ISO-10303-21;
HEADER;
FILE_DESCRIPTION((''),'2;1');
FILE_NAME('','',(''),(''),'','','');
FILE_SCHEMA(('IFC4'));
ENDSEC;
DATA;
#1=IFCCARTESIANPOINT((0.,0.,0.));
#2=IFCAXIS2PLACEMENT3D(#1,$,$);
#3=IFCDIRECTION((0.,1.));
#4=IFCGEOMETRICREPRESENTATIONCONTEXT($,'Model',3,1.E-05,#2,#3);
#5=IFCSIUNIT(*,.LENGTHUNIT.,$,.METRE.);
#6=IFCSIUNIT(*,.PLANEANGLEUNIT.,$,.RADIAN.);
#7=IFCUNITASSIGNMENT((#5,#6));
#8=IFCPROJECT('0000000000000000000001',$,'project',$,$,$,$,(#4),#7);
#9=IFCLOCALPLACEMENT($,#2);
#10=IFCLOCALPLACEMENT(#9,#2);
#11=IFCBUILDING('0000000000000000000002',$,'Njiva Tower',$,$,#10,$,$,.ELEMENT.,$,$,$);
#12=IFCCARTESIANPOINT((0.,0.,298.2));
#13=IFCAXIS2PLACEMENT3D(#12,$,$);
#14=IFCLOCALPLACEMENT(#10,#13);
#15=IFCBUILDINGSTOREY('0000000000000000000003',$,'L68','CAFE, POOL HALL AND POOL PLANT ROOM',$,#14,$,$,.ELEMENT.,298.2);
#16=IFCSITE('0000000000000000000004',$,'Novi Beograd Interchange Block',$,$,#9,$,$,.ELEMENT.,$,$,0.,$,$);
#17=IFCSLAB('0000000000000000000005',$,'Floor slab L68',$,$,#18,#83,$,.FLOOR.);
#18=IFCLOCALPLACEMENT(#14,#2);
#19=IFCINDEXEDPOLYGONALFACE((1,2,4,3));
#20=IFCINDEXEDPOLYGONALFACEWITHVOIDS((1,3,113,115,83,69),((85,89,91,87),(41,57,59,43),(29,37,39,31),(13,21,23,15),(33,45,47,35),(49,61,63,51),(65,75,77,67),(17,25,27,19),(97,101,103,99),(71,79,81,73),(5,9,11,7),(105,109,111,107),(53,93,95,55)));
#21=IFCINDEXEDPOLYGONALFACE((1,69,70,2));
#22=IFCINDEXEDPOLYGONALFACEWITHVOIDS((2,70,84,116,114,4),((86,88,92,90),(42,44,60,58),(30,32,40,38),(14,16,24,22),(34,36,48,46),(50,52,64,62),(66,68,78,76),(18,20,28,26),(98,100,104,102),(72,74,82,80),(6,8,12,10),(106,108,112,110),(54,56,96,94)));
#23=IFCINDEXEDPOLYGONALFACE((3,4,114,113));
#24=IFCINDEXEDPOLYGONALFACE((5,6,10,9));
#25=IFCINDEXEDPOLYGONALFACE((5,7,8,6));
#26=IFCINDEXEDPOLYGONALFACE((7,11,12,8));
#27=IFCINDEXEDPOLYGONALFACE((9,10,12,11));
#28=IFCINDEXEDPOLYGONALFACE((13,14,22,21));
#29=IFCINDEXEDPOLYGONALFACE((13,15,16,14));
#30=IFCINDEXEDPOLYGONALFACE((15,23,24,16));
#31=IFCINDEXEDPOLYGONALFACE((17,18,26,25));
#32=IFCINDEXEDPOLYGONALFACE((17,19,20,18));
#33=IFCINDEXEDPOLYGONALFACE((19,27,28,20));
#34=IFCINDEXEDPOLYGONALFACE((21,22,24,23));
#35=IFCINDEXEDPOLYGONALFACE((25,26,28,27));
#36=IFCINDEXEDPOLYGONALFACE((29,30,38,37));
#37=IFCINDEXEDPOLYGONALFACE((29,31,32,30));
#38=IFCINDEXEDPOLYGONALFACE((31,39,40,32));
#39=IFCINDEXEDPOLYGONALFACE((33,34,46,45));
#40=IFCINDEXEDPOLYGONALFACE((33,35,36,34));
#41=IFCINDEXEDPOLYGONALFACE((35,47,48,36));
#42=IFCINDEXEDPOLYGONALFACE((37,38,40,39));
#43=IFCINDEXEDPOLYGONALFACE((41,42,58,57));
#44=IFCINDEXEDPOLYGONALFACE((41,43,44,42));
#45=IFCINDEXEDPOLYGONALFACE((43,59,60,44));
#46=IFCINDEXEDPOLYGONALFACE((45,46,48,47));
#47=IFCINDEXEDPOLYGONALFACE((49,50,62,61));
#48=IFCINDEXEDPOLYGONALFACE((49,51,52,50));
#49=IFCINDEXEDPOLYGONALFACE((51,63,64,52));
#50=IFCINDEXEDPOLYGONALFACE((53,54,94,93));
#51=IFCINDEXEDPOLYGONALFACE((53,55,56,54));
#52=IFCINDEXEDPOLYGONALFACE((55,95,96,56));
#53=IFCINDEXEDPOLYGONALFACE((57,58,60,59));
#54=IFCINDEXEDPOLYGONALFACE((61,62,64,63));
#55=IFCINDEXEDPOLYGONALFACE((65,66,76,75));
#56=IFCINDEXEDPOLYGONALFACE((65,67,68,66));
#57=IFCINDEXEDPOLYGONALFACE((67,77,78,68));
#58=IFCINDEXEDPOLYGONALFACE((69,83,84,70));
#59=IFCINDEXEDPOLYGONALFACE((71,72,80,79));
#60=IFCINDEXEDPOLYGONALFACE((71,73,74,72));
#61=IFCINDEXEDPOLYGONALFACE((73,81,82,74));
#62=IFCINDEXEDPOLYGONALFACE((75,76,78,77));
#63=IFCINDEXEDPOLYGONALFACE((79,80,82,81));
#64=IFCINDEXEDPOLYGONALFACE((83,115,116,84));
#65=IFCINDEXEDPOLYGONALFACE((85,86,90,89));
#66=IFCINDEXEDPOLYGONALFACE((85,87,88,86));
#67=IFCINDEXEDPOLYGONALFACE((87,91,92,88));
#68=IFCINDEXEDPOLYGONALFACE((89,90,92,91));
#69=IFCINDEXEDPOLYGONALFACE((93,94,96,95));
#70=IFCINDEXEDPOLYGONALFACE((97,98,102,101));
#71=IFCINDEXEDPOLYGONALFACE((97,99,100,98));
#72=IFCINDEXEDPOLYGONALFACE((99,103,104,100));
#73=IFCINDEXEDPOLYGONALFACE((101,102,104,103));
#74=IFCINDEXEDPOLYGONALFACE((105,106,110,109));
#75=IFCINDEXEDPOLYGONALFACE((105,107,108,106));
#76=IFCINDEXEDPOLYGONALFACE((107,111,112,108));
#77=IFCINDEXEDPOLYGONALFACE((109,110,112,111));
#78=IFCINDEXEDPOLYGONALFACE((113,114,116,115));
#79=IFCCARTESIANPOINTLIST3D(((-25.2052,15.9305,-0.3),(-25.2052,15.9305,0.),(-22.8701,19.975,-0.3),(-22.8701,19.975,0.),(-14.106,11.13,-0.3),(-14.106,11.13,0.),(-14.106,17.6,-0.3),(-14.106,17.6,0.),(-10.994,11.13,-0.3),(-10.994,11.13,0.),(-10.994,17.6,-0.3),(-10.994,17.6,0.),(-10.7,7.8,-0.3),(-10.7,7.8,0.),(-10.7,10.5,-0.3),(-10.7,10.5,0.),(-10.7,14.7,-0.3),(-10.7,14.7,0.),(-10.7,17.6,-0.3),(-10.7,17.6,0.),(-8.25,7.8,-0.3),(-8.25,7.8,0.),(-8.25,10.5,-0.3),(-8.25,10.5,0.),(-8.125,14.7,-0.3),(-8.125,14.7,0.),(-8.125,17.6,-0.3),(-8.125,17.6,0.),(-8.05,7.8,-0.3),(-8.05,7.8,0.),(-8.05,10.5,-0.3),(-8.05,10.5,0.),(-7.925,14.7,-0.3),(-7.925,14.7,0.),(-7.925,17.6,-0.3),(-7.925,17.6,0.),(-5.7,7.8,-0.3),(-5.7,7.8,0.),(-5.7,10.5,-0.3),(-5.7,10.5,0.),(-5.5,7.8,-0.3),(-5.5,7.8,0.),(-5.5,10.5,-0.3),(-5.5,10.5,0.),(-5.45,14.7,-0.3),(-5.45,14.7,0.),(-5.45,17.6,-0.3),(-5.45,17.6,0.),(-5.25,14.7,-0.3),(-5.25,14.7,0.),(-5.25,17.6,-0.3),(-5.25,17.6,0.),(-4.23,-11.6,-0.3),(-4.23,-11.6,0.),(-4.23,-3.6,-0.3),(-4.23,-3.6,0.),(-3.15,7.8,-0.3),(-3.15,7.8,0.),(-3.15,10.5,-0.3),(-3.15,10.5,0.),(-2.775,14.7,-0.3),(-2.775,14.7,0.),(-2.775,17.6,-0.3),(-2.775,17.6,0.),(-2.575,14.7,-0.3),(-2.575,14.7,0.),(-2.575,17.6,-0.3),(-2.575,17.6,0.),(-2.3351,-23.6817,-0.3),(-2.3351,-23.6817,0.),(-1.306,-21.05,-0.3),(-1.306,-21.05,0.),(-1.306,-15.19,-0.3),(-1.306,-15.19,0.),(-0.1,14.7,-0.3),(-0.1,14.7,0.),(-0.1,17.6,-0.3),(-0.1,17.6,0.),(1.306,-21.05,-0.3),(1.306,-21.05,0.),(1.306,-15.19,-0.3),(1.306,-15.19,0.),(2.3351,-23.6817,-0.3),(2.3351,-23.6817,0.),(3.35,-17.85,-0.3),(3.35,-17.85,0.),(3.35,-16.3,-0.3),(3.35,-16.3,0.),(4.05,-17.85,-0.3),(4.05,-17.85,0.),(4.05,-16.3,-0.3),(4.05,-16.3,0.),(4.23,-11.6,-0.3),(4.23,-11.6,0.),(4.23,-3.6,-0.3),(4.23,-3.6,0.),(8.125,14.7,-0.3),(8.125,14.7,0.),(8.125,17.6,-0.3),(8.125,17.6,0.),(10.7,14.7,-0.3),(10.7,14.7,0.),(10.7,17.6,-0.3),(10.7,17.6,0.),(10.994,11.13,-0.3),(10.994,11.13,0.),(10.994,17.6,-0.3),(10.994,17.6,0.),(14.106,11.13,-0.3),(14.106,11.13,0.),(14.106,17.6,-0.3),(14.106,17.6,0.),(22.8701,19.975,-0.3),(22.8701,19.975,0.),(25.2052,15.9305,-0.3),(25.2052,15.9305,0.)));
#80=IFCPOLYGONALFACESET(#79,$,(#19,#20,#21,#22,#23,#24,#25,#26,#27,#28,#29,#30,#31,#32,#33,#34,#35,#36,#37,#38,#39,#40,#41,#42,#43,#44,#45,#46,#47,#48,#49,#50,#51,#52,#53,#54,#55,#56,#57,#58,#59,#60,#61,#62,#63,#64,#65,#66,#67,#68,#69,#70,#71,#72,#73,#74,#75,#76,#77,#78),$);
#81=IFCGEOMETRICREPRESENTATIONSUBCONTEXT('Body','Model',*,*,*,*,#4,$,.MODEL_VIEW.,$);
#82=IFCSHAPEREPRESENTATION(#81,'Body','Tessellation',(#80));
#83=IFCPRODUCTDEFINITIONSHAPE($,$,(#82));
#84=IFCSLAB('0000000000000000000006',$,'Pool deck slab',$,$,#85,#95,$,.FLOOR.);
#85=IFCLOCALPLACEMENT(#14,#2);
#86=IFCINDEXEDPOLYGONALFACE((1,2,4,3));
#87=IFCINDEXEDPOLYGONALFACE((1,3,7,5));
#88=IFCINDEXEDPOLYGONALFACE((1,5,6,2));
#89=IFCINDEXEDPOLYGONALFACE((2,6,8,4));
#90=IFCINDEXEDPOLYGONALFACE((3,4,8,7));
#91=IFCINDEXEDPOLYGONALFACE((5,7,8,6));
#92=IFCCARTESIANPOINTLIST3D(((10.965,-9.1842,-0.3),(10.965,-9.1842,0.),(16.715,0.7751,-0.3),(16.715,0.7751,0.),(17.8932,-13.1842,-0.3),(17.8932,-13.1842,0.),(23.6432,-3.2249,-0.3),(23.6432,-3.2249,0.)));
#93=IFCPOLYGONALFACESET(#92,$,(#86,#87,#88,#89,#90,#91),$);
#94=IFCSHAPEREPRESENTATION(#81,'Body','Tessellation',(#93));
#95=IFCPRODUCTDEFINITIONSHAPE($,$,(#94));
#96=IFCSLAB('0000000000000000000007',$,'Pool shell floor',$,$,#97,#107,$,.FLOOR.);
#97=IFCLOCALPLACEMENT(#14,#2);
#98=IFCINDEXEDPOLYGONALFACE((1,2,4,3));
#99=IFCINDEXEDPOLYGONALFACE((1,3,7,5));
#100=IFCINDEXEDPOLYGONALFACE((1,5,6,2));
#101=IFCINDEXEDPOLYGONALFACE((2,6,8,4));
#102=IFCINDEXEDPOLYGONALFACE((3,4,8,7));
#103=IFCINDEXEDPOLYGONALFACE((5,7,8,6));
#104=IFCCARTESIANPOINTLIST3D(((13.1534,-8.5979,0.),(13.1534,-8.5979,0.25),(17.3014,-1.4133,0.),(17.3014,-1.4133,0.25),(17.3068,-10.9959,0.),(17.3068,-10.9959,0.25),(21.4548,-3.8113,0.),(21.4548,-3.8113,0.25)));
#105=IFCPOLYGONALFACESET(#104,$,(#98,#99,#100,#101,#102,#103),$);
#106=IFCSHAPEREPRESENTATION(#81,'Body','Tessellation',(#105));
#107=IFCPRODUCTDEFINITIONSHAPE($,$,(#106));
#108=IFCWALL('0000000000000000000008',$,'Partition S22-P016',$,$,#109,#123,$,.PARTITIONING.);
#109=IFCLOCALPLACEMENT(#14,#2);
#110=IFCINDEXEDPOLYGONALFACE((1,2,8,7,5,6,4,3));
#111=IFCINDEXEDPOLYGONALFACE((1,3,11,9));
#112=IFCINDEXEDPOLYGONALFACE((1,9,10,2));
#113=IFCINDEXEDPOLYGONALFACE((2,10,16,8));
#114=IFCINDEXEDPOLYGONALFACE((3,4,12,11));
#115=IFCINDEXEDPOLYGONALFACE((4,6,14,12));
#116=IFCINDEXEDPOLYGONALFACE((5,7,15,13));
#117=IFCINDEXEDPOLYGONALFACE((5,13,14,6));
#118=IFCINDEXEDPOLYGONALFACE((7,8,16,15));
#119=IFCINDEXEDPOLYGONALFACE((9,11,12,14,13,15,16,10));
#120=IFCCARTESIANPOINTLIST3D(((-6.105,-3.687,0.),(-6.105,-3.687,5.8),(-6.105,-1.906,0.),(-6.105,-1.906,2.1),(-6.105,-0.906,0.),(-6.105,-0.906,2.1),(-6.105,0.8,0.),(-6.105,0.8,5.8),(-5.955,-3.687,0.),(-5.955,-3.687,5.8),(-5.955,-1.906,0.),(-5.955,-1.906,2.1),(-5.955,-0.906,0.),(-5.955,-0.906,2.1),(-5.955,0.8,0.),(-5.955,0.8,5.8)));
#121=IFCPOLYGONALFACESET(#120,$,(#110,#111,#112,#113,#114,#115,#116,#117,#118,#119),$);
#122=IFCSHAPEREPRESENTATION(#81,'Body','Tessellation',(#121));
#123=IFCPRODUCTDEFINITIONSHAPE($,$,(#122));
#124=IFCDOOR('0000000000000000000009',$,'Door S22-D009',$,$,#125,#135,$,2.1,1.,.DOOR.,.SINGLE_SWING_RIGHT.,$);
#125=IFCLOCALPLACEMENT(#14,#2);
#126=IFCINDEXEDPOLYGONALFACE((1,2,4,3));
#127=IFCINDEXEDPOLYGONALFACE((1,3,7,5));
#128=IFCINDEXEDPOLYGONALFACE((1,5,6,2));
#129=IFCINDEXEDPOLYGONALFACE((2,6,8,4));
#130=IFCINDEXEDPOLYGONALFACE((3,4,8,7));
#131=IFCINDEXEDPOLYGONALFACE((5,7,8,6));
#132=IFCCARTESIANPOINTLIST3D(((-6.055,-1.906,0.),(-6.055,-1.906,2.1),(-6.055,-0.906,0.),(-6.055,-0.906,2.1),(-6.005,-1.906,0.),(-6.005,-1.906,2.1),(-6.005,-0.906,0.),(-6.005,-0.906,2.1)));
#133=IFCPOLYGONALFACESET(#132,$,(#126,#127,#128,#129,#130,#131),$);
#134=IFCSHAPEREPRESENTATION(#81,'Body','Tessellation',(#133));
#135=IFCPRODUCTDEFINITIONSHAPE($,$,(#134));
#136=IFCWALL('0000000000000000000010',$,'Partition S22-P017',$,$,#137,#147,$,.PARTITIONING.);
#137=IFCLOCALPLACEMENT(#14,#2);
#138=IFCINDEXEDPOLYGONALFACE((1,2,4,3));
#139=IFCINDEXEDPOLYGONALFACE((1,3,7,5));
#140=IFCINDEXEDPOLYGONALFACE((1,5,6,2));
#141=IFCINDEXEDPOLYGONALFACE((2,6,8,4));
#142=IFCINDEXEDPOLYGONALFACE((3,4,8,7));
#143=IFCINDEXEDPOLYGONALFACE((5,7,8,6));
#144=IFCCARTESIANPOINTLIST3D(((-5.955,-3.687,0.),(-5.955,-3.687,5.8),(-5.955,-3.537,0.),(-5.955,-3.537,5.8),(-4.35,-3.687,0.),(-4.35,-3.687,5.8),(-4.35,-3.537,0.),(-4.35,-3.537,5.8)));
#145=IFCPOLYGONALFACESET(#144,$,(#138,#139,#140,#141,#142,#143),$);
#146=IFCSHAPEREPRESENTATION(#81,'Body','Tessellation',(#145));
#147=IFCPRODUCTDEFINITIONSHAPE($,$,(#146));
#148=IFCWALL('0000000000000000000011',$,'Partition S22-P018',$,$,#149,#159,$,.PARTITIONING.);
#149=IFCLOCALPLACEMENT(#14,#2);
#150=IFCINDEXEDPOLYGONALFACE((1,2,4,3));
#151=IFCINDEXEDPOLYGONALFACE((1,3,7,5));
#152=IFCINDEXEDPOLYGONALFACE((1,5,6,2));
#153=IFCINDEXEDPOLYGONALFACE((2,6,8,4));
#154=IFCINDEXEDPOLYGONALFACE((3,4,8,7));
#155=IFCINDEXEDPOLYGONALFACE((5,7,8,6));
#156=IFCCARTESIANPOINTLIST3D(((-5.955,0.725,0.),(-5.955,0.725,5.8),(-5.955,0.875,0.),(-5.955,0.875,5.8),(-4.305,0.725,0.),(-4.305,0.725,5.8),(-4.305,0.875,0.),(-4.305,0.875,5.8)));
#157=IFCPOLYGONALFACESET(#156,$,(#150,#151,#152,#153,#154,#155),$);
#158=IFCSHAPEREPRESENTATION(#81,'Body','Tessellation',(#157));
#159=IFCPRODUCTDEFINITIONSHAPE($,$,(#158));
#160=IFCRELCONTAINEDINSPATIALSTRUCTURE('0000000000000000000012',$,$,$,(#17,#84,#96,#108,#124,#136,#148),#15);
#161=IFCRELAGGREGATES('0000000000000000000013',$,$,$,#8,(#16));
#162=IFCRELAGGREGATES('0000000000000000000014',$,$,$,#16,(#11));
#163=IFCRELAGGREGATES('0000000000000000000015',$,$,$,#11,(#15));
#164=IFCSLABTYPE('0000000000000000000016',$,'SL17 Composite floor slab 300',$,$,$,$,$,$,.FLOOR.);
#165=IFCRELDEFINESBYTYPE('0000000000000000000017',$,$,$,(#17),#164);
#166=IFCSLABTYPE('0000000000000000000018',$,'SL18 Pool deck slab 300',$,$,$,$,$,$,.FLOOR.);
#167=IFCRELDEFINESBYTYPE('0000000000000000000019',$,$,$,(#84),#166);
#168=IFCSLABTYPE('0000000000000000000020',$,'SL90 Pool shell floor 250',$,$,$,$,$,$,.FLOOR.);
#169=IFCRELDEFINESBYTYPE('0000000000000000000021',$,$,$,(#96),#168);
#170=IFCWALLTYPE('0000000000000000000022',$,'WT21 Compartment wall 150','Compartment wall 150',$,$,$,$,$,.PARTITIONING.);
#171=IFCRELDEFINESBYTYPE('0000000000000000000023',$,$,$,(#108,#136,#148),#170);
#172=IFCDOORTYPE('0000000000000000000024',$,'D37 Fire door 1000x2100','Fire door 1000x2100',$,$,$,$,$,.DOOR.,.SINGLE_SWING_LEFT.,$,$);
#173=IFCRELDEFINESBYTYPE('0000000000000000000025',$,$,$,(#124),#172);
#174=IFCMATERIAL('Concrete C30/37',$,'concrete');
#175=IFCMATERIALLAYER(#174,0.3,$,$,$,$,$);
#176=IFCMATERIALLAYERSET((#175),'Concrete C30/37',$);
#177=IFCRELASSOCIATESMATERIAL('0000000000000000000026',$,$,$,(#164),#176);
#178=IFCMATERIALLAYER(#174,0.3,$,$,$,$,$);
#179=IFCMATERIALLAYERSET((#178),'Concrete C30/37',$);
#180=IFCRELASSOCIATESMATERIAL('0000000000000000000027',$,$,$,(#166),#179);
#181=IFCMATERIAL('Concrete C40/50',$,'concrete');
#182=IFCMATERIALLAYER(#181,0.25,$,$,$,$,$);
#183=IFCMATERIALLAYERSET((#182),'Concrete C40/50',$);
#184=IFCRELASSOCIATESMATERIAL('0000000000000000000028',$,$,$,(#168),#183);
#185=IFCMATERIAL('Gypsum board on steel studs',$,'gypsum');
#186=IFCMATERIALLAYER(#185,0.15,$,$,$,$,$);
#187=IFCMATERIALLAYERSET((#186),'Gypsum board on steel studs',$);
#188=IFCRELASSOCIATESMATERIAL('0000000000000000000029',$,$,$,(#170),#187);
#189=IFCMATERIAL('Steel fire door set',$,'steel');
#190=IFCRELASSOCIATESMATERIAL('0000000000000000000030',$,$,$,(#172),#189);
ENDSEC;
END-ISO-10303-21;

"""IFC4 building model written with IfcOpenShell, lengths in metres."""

from ifc_helpers import new_model, si_unit, direction, frame, frame_2d, origin, place, context, subcontext, project, spatial, polyline, rectangle, outline, extrude, material, layer, layer_set, type_object, element, fill, save


model = new_model("IFC4")

# Units and contexts
model_context = context("Model", 3, precision=1e-05, world=origin(), true_north=direction((0.0, 1.0)))
body_context = subcontext(model_context, "Body", "Model", "MODEL_VIEW")
ifc_project = project(units=[si_unit("LENGTHUNIT", "METRE"), si_unit("PLANEANGLEUNIT", "RADIAN")], contexts=[model_context])

# Site, building, storey
site_placement = place(None, origin())
site = spatial("IfcSite", under=ifc_project, at=site_placement, Name="Novi Beograd Interchange Block", CompositionType="ELEMENT", RefElevation=0.0)
building_placement = place(site_placement, origin())
building = spatial("IfcBuilding", under=site, at=building_placement, Name="Njiva Tower", CompositionType="ELEMENT")
storey_placement = place(building_placement, frame((0.0, 0.0, 298.2)))
storey = spatial("IfcBuildingStorey", under=building, at=storey_placement, Name="L68", Description="CAFE, POOL HALL AND POOL PLANT ROOM", CompositionType="ELEMENT", Elevation=298.2)

# Shared definitions
ifc_material_1 = material(Name="Concrete C40/50", Category="concrete")

# Slabs
ifc_material_2 = material(Name="Concrete C30/37", Category="concrete")
ifc_layer_1 = layer(ifc_material_2, 0.3)
ifc_layer_set_1 = layer_set([ifc_layer_1], Name="Concrete C30/37")
slab_type_1 = type_object("IfcSlabType", Name="SL17 Composite floor slab 300", PredefinedType="FLOOR", material=ifc_layer_set_1)
slab_1_placement = place(storey_placement, frame((0.0, 0.0, -0.3)))
element("IfcSlab", 1, at=slab_1_placement, inside=storey, type_object=slab_type_1, Name="Floor slab L68", PredefinedType="FLOOR", context=body_context, shape_type="SweptSolid", body=[
    extrude(outline(polyline([(25.2052, 15.9305), (2.3351, -23.6817), (-2.3351, -23.6817), (-25.2052, 15.9305), (-22.8701, 19.975), (22.8701, 19.975), (25.2052, 15.9305)]), holes=[polyline([(10.994, 11.13), (14.106, 11.13), (14.106, 17.6), (10.994, 17.6), (10.994, 11.13)]), polyline([(8.125, 14.7), (10.7, 14.7), (10.7, 17.6), (8.125, 17.6), (8.125, 14.7)]), polyline([(4.23, -11.6), (4.23, -3.6), (-4.23, -3.6), (-4.23, -11.6), (4.23, -11.6)]), polyline([(3.35, -17.85), (4.05, -17.85), (4.05, -16.3), (3.35, -16.3), (3.35, -17.85)]), polyline([(-1.306, -21.05), (1.306, -21.05), (1.306, -15.19), (-1.306, -15.19), (-1.306, -21.05)]), polyline([(-2.575, 14.7), (-0.1, 14.7), (-0.1, 17.6), (-2.575, 17.6), (-2.575, 14.7)]), polyline([(-2.775, 14.7), (-2.775, 17.6), (-5.25, 17.6), (-5.25, 14.7), (-2.775, 14.7)]), polyline([(-5.5, 7.8), (-3.15, 7.8), (-3.15, 10.5), (-5.5, 10.5), (-5.5, 7.8)]), polyline([(-7.925, 14.7), (-5.45, 14.7), (-5.45, 17.6), (-7.925, 17.6), (-7.925, 14.7)]), polyline([(-8.05, 7.8), (-5.7, 7.8), (-5.7, 10.5), (-8.05, 10.5), (-8.05, 7.8)]), polyline([(-10.7, 14.7), (-8.125, 14.7), (-8.125, 17.6), (-10.7, 17.6), (-10.7, 14.7)]), polyline([(-8.25, 7.8), (-8.25, 10.5), (-10.7, 10.5), (-10.7, 7.8), (-8.25, 7.8)]), polyline([(-10.994, 11.13), (-10.994, 17.6), (-14.106, 17.6), (-14.106, 11.13), (-10.994, 11.13)])]), origin(), (0.0, 0.0, 1.0), 0.3),
])
ifc_layer_2 = layer(ifc_material_2, 0.3)
ifc_layer_set_2 = layer_set([ifc_layer_2], Name="Concrete C30/37")
slab_type_2 = type_object("IfcSlabType", Name="SL18 Pool deck slab 300", PredefinedType="FLOOR", material=ifc_layer_set_2)
slab_2_placement = place(storey_placement, frame((0.0, 0.0, -0.3)))
element("IfcSlab", 2, at=slab_2_placement, inside=storey, type_object=slab_type_2, Name="Pool deck slab", PredefinedType="FLOOR", context=body_context, shape_type="SweptSolid", body=[
    extrude(outline(polyline([(10.965, -9.1842), (16.715, 0.7751), (23.6432, -3.2249), (17.8932, -13.1842), (10.965, -9.1842)])), origin(), (0.0, 0.0, 1.0), 0.3),
])
ifc_layer_3 = layer(ifc_material_1, 0.25)
ifc_layer_set_3 = layer_set([ifc_layer_3], Name="Concrete C40/50")
slab_type_3 = type_object("IfcSlabType", Name="SL90 Pool shell floor 250", PredefinedType="FLOOR", material=ifc_layer_set_3)
slab_3_placement = place(storey_placement, origin())
element("IfcSlab", 3, at=slab_3_placement, inside=storey, type_object=slab_type_3, Name="Pool shell floor", PredefinedType="FLOOR", context=body_context, shape_type="SweptSolid", body=[
    extrude(outline(polyline([(13.1534, -8.5979), (17.3014, -1.4133), (21.4548, -3.8113), (17.3068, -10.9959), (13.1534, -8.5979)])), origin(), (0.0, 0.0, 1.0), 0.25),
])

# Wall, opening, door
ifc_material_3 = material(Name="Gypsum board on steel studs", Category="gypsum")
ifc_layer_4 = layer(ifc_material_3, 0.15)
ifc_layer_set_4 = layer_set([ifc_layer_4], Name="Gypsum board on steel studs")
wall_type_1 = type_object("IfcWallType", Name="WT21 Compartment wall 150", Description="Compartment wall 150", PredefinedType="PARTITIONING", material=ifc_layer_set_4)
wall_1_placement = place(storey_placement, frame((-6.03, -3.687, 0.0), z_axis=(0.0, 0.0, 1.0), x_axis=(0.0, 1.0, 0.0)))
wall_1 = element("IfcWall", 4, at=wall_1_placement, inside=storey, type_object=wall_type_1, Name="Partition S22-P016", PredefinedType="PARTITIONING", context=body_context, shape_type="SweptSolid", body=[
    extrude(rectangle(XDim=4.487, YDim=0.15, at=frame_2d((2.2435, 0.0))), origin(), (0.0, 0.0, 1.0), 5.8),
])
opening_1_placement = place(wall_1_placement, frame((1.781, 0.0, 0.0)))
opening_1 = element("IfcOpeningElement", 5, at=opening_1_placement, cuts=wall_1, PredefinedType="OPENING", context=body_context, shape_type="SweptSolid", body=[
    extrude(rectangle(XDim=1.0, YDim=2.1, at=frame_2d((0.5, 1.05))), frame((0.0, 0.085, 0.0), z_axis=(0.0, -1.0, 0.0), x_axis=(1.0, 0.0, 0.0)), (0.0, 0.0, 1.0), 0.17),
])
ifc_material_4 = material(Name="Steel fire door set", Category="steel")
door_type = type_object("IfcDoorType", Name="D37 Fire door 1000x2100", Description="Fire door 1000x2100", OperationType="SINGLE_SWING_LEFT", PredefinedType="DOOR", material=ifc_material_4)
door_1_placement = place(opening_1_placement, origin())
door_1 = element("IfcDoor", 6, at=door_1_placement, inside=storey, type_object=door_type, Name="Door S22-D009", OperationType="SINGLE_SWING_RIGHT", OverallHeight=2.1, OverallWidth=1.0, PredefinedType="DOOR", context=body_context, shape_type="SweptSolid", body=[
    extrude(rectangle(XDim=1.0, YDim=2.1, at=frame_2d((0.5, 1.05))), frame((0.0, 0.025, 0.0), z_axis=(0.0, -1.0, 0.0), x_axis=(1.0, 0.0, 0.0)), (0.0, 0.0, 1.0), 0.05),
])
fill(opening_1, door_1)

# Walls
wall_2_placement = place(storey_placement, frame((-5.955, -3.612, 0.0), z_axis=(0.0, 0.0, 1.0), x_axis=(1.0, 0.0, 0.0)))
element("IfcWall", 7, at=wall_2_placement, inside=storey, type_object=wall_type_1, Name="Partition S22-P017", PredefinedType="PARTITIONING", context=body_context, shape_type="SweptSolid", body=[
    extrude(rectangle(XDim=1.605, YDim=0.15, at=frame_2d((0.8025, 0.0))), origin(), (0.0, 0.0, 1.0), 5.8),
])
wall_3_placement = place(storey_placement, frame((-5.955, 0.8, 0.0), z_axis=(0.0, 0.0, 1.0), x_axis=(1.0, 0.0, 0.0)))
element("IfcWall", 8, at=wall_3_placement, inside=storey, type_object=wall_type_1, Name="Partition S22-P018", PredefinedType="PARTITIONING", context=body_context, shape_type="SweptSolid", body=[
    extrude(rectangle(XDim=1.65, YDim=0.15, at=frame_2d((0.825, 0.0))), origin(), (0.0, 0.0, 1.0), 5.8),
])

save(model, "model.ifc")
